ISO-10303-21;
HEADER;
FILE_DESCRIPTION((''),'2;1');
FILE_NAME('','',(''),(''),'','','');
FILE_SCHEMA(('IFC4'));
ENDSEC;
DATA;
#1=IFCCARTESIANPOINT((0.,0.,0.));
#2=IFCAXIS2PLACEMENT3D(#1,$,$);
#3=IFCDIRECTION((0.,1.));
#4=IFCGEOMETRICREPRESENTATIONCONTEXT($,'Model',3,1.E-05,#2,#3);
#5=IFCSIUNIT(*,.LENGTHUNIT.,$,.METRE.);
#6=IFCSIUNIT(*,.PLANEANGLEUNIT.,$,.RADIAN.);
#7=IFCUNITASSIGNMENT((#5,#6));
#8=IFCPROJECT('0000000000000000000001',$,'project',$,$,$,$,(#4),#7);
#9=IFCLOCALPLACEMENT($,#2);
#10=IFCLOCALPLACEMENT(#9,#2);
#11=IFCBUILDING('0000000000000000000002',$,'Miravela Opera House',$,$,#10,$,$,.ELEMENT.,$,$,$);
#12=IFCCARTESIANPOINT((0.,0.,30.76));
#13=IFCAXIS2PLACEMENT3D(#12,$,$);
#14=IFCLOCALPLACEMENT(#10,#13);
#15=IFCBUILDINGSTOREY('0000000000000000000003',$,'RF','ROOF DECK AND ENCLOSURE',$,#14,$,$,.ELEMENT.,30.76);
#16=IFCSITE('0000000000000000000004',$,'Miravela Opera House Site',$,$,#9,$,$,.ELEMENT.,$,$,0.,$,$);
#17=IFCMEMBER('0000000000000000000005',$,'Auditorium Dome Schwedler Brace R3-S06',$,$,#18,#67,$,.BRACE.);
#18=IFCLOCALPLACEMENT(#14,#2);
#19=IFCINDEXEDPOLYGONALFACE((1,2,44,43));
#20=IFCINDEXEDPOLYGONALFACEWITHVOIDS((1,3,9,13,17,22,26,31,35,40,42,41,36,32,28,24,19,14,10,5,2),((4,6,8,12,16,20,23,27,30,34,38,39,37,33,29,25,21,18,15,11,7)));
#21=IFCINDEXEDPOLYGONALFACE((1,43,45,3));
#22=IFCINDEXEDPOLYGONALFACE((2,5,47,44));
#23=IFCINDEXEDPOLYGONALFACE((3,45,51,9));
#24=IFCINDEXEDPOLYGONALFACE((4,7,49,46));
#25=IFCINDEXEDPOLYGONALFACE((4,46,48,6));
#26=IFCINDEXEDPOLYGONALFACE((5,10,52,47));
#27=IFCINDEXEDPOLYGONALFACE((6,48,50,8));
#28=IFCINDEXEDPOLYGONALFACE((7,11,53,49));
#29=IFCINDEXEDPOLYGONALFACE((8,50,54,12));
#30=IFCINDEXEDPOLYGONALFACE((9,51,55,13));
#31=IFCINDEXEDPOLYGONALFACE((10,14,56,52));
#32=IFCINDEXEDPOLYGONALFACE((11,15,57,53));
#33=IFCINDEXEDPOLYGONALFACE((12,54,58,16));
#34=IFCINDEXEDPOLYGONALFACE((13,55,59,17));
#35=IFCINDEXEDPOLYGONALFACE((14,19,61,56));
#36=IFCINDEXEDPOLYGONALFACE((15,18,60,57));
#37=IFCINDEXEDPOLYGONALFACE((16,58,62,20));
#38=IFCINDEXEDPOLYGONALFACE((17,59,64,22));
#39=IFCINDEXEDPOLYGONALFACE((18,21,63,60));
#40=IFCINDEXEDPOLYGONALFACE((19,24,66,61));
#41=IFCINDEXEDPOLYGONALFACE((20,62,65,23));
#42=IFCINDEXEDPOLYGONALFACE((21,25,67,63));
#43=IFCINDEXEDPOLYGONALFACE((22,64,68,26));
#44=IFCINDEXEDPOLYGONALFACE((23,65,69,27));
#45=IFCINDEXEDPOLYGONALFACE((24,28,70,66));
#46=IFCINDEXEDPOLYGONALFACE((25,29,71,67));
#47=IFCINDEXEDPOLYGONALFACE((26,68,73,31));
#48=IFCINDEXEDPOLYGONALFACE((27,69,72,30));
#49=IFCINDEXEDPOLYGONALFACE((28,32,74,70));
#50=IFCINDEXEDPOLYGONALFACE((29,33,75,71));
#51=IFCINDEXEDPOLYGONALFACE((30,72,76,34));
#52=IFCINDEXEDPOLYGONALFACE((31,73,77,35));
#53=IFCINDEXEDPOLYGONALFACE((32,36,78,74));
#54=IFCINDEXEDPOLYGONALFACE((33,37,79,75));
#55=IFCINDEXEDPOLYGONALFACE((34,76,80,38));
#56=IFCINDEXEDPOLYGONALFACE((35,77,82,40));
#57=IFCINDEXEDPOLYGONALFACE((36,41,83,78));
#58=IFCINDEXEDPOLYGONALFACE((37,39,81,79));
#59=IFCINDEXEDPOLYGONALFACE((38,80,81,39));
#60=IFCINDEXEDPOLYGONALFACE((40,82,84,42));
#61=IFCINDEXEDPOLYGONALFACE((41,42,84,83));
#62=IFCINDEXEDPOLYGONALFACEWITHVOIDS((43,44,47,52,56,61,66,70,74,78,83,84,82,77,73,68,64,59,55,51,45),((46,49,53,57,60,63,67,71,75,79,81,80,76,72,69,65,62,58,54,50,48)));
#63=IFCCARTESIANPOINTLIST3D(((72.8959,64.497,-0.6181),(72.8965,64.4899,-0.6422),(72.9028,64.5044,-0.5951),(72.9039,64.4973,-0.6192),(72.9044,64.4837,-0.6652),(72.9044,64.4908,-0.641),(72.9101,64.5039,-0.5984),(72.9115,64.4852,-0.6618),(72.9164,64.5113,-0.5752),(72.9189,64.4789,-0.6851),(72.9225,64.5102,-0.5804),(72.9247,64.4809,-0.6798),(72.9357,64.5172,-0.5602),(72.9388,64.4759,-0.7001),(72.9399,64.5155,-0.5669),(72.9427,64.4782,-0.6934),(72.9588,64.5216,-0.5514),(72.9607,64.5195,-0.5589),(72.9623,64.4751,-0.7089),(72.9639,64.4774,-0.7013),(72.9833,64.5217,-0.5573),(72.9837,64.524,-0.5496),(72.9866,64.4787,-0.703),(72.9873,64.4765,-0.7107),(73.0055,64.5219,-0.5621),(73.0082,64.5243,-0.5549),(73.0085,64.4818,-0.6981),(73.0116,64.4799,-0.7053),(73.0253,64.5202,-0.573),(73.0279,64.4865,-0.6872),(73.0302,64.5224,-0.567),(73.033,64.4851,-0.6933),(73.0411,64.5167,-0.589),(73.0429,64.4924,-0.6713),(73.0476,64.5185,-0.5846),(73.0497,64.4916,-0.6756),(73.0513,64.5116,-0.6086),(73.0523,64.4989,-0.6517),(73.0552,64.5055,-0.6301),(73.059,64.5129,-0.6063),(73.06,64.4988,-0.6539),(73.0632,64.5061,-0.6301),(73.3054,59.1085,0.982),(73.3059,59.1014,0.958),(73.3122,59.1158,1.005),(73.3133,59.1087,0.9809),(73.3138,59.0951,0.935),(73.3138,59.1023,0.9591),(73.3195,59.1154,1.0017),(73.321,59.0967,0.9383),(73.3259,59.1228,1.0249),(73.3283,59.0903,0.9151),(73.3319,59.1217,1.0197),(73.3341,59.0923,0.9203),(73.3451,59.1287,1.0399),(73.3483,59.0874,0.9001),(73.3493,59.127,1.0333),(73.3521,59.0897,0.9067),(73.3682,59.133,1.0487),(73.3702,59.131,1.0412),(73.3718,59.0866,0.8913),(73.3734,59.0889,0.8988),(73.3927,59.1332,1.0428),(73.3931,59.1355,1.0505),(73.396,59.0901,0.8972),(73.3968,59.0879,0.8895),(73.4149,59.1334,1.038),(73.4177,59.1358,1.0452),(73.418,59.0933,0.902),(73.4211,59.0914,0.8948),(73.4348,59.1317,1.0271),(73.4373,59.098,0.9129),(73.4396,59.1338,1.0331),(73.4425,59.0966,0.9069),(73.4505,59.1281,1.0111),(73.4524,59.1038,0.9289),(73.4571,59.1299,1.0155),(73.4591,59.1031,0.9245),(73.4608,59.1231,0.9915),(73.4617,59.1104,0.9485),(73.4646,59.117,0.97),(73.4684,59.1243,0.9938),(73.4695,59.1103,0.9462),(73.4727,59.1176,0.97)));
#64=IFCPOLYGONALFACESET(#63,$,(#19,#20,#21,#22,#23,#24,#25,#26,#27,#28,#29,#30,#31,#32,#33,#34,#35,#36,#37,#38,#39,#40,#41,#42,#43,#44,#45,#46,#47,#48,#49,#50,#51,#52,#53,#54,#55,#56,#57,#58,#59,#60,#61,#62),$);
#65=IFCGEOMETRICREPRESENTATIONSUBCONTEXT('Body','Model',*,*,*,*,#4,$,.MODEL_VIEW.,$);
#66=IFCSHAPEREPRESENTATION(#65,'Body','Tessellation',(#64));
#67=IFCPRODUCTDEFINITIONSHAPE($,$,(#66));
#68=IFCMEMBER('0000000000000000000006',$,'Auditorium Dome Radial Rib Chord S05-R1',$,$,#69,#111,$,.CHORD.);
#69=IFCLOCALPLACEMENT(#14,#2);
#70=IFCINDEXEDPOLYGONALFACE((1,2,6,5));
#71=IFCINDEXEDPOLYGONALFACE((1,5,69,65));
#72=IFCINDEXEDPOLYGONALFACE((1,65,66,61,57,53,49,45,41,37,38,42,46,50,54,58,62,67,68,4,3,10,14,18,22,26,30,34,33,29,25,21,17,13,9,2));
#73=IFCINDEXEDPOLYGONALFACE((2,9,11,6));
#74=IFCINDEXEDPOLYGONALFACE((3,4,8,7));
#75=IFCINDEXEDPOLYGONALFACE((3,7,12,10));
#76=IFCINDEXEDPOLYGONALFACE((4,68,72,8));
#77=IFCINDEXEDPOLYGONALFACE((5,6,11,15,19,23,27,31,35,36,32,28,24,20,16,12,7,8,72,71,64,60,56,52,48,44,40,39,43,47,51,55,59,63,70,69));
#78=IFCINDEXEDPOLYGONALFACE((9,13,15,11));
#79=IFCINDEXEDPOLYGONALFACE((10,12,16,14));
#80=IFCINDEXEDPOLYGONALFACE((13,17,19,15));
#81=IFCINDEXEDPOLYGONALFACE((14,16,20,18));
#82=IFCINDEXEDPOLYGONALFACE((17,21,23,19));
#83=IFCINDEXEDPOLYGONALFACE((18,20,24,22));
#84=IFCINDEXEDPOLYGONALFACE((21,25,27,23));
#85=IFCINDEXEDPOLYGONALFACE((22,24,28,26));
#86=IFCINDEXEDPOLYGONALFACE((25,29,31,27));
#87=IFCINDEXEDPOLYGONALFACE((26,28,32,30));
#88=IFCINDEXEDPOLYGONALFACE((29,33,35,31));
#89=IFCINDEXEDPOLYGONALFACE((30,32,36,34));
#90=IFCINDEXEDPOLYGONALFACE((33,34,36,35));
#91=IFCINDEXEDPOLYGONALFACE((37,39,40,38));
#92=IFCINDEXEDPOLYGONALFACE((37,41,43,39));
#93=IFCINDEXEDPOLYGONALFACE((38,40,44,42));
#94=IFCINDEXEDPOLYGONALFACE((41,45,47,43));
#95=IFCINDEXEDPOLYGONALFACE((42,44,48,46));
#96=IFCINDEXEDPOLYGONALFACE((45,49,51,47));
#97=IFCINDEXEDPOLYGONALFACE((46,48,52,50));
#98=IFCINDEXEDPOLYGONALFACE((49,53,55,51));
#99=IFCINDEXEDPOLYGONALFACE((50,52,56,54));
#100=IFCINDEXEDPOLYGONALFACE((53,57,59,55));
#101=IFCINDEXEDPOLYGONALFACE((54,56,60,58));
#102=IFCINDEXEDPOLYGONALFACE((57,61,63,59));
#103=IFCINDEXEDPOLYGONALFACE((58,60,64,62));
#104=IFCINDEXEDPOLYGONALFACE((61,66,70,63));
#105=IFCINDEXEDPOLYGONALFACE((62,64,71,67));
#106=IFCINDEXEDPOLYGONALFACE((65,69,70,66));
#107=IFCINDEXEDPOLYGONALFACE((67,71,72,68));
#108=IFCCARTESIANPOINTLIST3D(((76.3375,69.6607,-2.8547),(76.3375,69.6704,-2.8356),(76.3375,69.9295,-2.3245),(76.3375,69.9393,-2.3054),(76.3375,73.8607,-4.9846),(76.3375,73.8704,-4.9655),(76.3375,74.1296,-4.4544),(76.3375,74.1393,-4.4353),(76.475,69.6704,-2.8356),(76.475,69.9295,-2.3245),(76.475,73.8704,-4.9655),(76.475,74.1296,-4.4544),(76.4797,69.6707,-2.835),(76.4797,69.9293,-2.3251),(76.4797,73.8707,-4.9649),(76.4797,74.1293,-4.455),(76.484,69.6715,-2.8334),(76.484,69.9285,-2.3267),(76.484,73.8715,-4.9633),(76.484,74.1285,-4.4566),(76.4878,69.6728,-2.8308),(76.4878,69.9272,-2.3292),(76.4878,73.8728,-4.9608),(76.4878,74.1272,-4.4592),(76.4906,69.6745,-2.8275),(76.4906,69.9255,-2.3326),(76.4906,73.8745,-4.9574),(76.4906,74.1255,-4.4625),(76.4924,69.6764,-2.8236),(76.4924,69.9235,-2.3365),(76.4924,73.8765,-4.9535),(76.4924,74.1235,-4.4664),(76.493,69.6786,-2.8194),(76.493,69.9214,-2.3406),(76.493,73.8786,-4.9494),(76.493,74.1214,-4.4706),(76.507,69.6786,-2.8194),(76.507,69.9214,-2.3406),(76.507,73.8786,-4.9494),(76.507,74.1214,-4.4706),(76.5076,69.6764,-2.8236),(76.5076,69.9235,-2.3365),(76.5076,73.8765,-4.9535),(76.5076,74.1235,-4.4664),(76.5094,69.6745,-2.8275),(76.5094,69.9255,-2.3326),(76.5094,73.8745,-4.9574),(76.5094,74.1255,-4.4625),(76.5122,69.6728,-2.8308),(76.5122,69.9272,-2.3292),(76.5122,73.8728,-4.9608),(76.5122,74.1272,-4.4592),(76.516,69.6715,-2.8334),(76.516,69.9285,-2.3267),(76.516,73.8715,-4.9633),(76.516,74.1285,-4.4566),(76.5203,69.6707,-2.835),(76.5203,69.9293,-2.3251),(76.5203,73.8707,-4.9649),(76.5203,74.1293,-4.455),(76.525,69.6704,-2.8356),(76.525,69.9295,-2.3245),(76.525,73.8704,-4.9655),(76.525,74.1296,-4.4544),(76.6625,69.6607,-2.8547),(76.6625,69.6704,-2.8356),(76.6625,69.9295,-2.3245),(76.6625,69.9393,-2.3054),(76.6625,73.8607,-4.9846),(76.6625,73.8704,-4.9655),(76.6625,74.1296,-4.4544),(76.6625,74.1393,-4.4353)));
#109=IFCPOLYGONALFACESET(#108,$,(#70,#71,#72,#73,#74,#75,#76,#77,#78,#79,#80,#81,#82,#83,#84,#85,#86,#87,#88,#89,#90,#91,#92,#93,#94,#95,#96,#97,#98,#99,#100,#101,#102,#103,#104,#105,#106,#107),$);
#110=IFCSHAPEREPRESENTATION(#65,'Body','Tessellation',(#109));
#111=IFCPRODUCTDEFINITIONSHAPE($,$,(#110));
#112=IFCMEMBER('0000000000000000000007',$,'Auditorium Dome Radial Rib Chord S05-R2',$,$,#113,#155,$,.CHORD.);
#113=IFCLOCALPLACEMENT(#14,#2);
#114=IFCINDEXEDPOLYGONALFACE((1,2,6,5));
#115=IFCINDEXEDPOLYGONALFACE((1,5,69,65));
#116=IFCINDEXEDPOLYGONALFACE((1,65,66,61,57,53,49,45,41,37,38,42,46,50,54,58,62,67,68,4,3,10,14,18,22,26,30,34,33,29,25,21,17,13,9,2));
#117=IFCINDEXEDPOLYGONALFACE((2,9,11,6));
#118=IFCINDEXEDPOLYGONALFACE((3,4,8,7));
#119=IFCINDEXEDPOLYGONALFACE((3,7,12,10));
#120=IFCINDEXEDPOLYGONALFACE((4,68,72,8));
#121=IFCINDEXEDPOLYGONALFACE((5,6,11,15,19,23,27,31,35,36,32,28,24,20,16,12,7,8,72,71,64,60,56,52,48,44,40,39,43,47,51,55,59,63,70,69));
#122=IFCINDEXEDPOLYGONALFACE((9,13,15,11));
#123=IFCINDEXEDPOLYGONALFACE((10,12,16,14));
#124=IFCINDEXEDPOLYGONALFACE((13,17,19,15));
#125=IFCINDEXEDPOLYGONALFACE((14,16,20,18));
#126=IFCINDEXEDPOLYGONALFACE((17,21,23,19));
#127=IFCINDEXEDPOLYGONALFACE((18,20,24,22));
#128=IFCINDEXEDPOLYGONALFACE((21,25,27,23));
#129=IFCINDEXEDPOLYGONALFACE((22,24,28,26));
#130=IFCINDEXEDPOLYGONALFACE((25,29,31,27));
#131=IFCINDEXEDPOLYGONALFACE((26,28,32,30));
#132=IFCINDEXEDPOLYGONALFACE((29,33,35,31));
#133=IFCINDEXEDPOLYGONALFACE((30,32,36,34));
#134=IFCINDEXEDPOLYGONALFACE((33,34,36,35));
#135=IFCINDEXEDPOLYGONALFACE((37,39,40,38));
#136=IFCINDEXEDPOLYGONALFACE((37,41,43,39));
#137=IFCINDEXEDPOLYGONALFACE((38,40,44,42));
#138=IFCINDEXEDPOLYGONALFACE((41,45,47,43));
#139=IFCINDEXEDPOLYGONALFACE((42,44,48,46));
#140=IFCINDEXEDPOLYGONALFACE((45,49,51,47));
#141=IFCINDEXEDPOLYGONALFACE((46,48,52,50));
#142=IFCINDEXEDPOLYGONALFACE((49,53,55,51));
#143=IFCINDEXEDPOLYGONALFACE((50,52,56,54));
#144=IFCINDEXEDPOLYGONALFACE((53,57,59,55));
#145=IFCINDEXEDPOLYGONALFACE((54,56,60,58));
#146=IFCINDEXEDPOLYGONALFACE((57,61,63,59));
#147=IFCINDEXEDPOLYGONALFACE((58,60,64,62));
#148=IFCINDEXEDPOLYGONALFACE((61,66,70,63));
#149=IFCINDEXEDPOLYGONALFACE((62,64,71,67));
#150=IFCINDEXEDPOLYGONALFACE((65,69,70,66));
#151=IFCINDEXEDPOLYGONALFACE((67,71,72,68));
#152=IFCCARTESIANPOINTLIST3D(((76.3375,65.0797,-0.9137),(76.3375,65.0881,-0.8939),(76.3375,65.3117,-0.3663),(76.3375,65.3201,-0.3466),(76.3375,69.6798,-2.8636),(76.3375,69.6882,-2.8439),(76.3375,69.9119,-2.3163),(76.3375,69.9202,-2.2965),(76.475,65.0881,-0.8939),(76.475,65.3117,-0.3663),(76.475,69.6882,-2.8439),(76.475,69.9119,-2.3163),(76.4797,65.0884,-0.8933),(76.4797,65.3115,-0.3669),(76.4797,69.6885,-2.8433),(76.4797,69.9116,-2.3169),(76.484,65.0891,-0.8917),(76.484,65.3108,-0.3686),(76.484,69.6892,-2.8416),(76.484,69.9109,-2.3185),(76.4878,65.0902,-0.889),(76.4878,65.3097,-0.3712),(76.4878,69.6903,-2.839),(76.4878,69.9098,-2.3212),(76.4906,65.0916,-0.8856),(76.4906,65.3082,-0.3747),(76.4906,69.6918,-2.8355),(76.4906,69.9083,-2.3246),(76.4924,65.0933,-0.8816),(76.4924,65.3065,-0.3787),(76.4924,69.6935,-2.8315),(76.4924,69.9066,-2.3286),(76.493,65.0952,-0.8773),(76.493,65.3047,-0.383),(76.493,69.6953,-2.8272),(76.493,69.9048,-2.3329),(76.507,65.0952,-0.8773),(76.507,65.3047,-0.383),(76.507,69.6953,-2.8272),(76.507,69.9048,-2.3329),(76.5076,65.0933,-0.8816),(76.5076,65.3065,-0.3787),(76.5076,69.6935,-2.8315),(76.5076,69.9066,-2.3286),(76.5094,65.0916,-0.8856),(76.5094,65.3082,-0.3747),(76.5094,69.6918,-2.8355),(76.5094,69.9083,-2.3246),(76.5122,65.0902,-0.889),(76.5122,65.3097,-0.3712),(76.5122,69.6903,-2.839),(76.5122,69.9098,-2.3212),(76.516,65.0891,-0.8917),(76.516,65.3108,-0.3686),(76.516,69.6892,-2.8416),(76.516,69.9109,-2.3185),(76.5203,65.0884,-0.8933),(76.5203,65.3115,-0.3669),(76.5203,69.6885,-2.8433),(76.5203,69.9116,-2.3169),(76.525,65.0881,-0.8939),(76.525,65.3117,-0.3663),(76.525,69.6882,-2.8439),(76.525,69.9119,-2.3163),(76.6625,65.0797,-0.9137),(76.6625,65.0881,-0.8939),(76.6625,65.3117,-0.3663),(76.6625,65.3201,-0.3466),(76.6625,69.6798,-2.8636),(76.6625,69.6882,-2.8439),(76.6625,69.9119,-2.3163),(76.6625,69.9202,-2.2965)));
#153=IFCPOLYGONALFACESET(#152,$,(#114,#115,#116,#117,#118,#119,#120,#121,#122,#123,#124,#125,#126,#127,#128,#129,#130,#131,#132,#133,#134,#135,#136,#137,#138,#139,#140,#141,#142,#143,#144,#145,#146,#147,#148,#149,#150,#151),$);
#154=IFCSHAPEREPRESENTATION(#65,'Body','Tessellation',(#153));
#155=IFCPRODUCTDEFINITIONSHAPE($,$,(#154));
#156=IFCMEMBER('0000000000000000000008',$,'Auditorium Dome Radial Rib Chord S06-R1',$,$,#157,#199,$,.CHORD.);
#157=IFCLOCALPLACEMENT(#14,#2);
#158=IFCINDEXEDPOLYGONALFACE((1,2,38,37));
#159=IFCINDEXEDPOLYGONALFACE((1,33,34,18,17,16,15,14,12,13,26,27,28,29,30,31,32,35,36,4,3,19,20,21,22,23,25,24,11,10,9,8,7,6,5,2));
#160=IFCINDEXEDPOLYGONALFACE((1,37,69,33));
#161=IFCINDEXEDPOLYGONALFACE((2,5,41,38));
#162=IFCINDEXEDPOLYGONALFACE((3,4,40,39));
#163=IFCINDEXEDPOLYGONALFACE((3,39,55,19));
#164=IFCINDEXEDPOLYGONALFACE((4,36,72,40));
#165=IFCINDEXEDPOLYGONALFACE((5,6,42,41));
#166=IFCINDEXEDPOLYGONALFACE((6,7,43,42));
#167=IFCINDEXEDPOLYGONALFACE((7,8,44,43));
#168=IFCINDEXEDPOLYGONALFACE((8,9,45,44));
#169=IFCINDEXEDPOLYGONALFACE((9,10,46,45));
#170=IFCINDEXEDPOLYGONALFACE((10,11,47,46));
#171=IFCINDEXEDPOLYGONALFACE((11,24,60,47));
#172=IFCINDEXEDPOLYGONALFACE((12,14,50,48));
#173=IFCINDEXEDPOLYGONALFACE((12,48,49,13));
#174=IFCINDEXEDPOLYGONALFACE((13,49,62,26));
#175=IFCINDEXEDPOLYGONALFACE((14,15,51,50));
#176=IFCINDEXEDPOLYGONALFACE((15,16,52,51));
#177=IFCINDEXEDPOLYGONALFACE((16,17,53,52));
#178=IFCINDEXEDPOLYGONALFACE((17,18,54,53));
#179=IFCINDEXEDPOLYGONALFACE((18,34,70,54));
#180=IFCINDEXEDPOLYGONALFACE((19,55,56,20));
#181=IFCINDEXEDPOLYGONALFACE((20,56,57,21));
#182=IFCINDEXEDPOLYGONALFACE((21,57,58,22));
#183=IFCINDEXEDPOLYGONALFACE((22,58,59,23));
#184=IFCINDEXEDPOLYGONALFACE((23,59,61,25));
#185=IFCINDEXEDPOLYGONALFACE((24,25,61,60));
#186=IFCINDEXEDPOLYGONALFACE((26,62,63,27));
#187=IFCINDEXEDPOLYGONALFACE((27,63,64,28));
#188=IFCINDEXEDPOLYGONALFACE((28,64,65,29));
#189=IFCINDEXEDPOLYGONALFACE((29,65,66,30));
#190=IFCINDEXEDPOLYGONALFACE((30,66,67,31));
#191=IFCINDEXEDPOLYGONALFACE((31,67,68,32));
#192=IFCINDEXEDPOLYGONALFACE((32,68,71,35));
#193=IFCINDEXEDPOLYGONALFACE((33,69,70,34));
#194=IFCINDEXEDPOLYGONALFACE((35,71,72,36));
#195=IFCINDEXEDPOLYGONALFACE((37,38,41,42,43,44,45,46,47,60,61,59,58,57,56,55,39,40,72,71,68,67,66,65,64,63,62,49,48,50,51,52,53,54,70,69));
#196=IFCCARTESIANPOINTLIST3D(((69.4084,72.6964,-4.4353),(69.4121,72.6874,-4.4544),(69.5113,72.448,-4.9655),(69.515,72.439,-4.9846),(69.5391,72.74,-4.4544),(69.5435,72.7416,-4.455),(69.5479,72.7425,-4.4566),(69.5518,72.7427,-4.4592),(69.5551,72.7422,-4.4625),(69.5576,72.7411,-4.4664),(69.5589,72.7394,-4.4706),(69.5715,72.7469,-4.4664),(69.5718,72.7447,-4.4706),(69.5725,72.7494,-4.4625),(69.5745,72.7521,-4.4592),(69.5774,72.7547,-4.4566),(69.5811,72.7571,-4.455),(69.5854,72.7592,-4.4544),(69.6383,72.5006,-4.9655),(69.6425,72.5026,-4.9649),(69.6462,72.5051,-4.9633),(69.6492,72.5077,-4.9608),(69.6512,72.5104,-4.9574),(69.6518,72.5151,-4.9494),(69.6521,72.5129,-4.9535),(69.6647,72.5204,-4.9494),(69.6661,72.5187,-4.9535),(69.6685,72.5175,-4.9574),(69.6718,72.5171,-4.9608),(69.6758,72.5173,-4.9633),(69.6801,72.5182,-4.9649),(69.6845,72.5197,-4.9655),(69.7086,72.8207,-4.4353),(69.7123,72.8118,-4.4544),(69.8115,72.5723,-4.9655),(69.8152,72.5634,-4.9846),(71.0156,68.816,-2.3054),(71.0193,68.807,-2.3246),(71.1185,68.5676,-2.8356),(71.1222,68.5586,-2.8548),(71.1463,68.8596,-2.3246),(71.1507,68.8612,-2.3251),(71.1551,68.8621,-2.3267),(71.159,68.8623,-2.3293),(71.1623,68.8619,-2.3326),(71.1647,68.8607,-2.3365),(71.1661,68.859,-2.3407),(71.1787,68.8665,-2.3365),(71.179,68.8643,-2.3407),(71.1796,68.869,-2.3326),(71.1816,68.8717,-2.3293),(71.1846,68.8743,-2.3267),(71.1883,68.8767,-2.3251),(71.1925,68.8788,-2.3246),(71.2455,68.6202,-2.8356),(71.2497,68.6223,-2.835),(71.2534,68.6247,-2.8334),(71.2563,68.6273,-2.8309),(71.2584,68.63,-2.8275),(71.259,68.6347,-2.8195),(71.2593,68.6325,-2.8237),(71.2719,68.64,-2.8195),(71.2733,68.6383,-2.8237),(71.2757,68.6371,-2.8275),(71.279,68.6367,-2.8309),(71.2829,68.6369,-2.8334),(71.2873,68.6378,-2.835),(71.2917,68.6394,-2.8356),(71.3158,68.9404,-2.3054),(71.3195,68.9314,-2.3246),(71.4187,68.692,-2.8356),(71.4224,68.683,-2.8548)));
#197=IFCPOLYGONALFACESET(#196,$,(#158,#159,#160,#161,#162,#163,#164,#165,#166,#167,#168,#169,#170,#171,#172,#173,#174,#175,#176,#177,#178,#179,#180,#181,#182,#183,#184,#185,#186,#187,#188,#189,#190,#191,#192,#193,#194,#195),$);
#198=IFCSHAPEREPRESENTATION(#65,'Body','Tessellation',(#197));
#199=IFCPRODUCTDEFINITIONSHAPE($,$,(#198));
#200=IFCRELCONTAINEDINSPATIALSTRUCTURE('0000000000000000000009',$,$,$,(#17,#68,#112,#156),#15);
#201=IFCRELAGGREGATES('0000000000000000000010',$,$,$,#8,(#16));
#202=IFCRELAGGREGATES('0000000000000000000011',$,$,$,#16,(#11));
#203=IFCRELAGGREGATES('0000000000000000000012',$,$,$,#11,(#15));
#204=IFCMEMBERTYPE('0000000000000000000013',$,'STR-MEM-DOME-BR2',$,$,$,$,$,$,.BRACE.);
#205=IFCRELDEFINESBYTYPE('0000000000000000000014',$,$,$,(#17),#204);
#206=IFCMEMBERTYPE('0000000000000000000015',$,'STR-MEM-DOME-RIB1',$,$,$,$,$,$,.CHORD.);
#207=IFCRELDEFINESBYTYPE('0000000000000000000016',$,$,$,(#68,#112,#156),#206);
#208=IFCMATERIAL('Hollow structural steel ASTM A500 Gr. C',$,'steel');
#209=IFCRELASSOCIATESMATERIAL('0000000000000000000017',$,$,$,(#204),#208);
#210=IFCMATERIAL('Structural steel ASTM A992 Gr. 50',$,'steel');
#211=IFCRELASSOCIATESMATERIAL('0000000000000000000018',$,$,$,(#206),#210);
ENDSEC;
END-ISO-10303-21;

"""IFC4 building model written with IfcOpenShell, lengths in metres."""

from ifc_helpers import new_model, si_unit, direction, frame, origin, origin_2d, place, context, subcontext, project, spatial, hollow_circle, i_section, extrude, material, material_profile, profile_set, type_object, element, save


model = new_model("IFC4")

# Units and contexts
model_context = context("Model", 3, precision=1e-05, world=origin(), true_north=direction((0.0, 1.0)))
body_context = subcontext(model_context, "Body", "Model", "MODEL_VIEW")
ifc_project = project(units=[si_unit("LENGTHUNIT", "METRE"), si_unit("PLANEANGLEUNIT", "RADIAN")], contexts=[model_context])

# Site, building, storey
site_placement = place(None, origin())
site = spatial("IfcSite", under=ifc_project, at=site_placement, Name="Miravela Opera House Site", CompositionType="ELEMENT", RefElevation=0.0)
building_placement = place(site_placement, origin())
building = spatial("IfcBuilding", under=site, at=building_placement, Name="Miravela Opera House", CompositionType="ELEMENT")
storey_placement = place(building_placement, frame((0.0, 0.0, 30.76)))
storey = spatial("IfcBuildingStorey", under=building, at=storey_placement, Name="RF", Description="ROOF DECK AND ENCLOSURE", CompositionType="ELEMENT", Elevation=30.76)

# Shared definitions
ifc_material_1 = material(Name="Structural steel ASTM A992 Gr. 50", Category="steel")

# Members
ifc_material_2 = material(Name="Hollow structural steel ASTM A500 Gr. C", Category="steel")
ifc_material_profile_1 = material_profile(ifc_material_2, hollow_circle(Radius=0.0842, WallThickness=0.0081, at=origin_2d()), Name="CHS168X8")
ifc_profile_set_1 = profile_set([ifc_material_profile_1])
member_type_1 = type_object("IfcMemberType", Name="STR-MEM-DOME-BR2", PredefinedType="BRACE", material=ifc_profile_set_1)
member_1_placement = place(storey_placement, frame((72.9792, 64.4998, -0.6301), z_axis=(0.072646, -0.956094, 0.283913), x_axis=(0.997126, 0.075764, 0.0)))
element("IfcMember", 1, at=member_1_placement, inside=storey, type_object=member_type_1, Name="Auditorium Dome Schwedler Brace R3-S06", PredefinedType="BRACE", context=body_context, shape_type="SweptSolid", body=[
    extrude(hollow_circle(Radius=0.0842, WallThickness=0.0081, at=origin_2d()), origin(), (0.0, 0.0, 1.0), 5.636),
])
ifc_material_profile_2 = material_profile(ifc_material_1, i_section(OverallWidth=0.325, OverallDepth=0.616, WebThickness=0.0139, FlangeThickness=0.0215, FilletRadius=0.0181, at=origin_2d()), Name="W610X174")
ifc_profile_set_2 = profile_set([ifc_material_profile_2])
member_type_2 = type_object("IfcMemberType", Name="STR-MEM-DOME-RIB1", PredefinedType="CHORD", material=ifc_profile_set_2)
member_2_placement = place(storey_placement, frame((76.5, 74.0, -4.71), z_axis=(0.0, -0.891872, 0.452287), x_axis=(1.0, 0.0, 0.0)))
element("IfcMember", 2, at=member_2_placement, inside=storey, type_object=member_type_2, Name="Auditorium Dome Radial Rib Chord S05-R1", PredefinedType="CHORD", context=body_context, shape_type="SweptSolid", body=[
    extrude(i_section(OverallWidth=0.325, OverallDepth=0.616, WebThickness=0.0139, FlangeThickness=0.0215, FilletRadius=0.0181, at=origin_2d()), origin(), (0.0, 0.0, 1.0), 4.7092),
])
member_3_placement = place(storey_placement, frame((76.5, 69.8, -2.5801), z_axis=(0.0, -0.920697, 0.390278), x_axis=(1.0, 0.0, 0.0)))
element("IfcMember", 3, at=member_3_placement, inside=storey, type_object=member_type_2, Name="Auditorium Dome Radial Rib Chord S05-R2", PredefinedType="CHORD", context=body_context, shape_type="SweptSolid", body=[
    extrude(i_section(OverallWidth=0.325, OverallDepth=0.616, WebThickness=0.0139, FlangeThickness=0.0215, FilletRadius=0.0181, at=origin_2d()), origin(), (0.0, 0.0, 1.0), 4.9963),
])
member_4_placement = place(storey_placement, frame((69.6118, 72.6299, -4.71), z_axis=(0.341284, -0.823995, 0.45228), x_axis=(0.92389, 0.382658, 0.0)))
element("IfcMember", 4, at=member_4_placement, inside=storey, type_object=member_type_2, Name="Auditorium Dome Radial Rib Chord S06-R1", PredefinedType="CHORD", context=body_context, shape_type="SweptSolid", body=[
    extrude(i_section(OverallWidth=0.325, OverallDepth=0.616, WebThickness=0.0139, FlangeThickness=0.0215, FilletRadius=0.0181, at=origin_2d()), origin(), (0.0, 0.0, 1.0), 4.7092),
])

save(model, "model.ifc")
